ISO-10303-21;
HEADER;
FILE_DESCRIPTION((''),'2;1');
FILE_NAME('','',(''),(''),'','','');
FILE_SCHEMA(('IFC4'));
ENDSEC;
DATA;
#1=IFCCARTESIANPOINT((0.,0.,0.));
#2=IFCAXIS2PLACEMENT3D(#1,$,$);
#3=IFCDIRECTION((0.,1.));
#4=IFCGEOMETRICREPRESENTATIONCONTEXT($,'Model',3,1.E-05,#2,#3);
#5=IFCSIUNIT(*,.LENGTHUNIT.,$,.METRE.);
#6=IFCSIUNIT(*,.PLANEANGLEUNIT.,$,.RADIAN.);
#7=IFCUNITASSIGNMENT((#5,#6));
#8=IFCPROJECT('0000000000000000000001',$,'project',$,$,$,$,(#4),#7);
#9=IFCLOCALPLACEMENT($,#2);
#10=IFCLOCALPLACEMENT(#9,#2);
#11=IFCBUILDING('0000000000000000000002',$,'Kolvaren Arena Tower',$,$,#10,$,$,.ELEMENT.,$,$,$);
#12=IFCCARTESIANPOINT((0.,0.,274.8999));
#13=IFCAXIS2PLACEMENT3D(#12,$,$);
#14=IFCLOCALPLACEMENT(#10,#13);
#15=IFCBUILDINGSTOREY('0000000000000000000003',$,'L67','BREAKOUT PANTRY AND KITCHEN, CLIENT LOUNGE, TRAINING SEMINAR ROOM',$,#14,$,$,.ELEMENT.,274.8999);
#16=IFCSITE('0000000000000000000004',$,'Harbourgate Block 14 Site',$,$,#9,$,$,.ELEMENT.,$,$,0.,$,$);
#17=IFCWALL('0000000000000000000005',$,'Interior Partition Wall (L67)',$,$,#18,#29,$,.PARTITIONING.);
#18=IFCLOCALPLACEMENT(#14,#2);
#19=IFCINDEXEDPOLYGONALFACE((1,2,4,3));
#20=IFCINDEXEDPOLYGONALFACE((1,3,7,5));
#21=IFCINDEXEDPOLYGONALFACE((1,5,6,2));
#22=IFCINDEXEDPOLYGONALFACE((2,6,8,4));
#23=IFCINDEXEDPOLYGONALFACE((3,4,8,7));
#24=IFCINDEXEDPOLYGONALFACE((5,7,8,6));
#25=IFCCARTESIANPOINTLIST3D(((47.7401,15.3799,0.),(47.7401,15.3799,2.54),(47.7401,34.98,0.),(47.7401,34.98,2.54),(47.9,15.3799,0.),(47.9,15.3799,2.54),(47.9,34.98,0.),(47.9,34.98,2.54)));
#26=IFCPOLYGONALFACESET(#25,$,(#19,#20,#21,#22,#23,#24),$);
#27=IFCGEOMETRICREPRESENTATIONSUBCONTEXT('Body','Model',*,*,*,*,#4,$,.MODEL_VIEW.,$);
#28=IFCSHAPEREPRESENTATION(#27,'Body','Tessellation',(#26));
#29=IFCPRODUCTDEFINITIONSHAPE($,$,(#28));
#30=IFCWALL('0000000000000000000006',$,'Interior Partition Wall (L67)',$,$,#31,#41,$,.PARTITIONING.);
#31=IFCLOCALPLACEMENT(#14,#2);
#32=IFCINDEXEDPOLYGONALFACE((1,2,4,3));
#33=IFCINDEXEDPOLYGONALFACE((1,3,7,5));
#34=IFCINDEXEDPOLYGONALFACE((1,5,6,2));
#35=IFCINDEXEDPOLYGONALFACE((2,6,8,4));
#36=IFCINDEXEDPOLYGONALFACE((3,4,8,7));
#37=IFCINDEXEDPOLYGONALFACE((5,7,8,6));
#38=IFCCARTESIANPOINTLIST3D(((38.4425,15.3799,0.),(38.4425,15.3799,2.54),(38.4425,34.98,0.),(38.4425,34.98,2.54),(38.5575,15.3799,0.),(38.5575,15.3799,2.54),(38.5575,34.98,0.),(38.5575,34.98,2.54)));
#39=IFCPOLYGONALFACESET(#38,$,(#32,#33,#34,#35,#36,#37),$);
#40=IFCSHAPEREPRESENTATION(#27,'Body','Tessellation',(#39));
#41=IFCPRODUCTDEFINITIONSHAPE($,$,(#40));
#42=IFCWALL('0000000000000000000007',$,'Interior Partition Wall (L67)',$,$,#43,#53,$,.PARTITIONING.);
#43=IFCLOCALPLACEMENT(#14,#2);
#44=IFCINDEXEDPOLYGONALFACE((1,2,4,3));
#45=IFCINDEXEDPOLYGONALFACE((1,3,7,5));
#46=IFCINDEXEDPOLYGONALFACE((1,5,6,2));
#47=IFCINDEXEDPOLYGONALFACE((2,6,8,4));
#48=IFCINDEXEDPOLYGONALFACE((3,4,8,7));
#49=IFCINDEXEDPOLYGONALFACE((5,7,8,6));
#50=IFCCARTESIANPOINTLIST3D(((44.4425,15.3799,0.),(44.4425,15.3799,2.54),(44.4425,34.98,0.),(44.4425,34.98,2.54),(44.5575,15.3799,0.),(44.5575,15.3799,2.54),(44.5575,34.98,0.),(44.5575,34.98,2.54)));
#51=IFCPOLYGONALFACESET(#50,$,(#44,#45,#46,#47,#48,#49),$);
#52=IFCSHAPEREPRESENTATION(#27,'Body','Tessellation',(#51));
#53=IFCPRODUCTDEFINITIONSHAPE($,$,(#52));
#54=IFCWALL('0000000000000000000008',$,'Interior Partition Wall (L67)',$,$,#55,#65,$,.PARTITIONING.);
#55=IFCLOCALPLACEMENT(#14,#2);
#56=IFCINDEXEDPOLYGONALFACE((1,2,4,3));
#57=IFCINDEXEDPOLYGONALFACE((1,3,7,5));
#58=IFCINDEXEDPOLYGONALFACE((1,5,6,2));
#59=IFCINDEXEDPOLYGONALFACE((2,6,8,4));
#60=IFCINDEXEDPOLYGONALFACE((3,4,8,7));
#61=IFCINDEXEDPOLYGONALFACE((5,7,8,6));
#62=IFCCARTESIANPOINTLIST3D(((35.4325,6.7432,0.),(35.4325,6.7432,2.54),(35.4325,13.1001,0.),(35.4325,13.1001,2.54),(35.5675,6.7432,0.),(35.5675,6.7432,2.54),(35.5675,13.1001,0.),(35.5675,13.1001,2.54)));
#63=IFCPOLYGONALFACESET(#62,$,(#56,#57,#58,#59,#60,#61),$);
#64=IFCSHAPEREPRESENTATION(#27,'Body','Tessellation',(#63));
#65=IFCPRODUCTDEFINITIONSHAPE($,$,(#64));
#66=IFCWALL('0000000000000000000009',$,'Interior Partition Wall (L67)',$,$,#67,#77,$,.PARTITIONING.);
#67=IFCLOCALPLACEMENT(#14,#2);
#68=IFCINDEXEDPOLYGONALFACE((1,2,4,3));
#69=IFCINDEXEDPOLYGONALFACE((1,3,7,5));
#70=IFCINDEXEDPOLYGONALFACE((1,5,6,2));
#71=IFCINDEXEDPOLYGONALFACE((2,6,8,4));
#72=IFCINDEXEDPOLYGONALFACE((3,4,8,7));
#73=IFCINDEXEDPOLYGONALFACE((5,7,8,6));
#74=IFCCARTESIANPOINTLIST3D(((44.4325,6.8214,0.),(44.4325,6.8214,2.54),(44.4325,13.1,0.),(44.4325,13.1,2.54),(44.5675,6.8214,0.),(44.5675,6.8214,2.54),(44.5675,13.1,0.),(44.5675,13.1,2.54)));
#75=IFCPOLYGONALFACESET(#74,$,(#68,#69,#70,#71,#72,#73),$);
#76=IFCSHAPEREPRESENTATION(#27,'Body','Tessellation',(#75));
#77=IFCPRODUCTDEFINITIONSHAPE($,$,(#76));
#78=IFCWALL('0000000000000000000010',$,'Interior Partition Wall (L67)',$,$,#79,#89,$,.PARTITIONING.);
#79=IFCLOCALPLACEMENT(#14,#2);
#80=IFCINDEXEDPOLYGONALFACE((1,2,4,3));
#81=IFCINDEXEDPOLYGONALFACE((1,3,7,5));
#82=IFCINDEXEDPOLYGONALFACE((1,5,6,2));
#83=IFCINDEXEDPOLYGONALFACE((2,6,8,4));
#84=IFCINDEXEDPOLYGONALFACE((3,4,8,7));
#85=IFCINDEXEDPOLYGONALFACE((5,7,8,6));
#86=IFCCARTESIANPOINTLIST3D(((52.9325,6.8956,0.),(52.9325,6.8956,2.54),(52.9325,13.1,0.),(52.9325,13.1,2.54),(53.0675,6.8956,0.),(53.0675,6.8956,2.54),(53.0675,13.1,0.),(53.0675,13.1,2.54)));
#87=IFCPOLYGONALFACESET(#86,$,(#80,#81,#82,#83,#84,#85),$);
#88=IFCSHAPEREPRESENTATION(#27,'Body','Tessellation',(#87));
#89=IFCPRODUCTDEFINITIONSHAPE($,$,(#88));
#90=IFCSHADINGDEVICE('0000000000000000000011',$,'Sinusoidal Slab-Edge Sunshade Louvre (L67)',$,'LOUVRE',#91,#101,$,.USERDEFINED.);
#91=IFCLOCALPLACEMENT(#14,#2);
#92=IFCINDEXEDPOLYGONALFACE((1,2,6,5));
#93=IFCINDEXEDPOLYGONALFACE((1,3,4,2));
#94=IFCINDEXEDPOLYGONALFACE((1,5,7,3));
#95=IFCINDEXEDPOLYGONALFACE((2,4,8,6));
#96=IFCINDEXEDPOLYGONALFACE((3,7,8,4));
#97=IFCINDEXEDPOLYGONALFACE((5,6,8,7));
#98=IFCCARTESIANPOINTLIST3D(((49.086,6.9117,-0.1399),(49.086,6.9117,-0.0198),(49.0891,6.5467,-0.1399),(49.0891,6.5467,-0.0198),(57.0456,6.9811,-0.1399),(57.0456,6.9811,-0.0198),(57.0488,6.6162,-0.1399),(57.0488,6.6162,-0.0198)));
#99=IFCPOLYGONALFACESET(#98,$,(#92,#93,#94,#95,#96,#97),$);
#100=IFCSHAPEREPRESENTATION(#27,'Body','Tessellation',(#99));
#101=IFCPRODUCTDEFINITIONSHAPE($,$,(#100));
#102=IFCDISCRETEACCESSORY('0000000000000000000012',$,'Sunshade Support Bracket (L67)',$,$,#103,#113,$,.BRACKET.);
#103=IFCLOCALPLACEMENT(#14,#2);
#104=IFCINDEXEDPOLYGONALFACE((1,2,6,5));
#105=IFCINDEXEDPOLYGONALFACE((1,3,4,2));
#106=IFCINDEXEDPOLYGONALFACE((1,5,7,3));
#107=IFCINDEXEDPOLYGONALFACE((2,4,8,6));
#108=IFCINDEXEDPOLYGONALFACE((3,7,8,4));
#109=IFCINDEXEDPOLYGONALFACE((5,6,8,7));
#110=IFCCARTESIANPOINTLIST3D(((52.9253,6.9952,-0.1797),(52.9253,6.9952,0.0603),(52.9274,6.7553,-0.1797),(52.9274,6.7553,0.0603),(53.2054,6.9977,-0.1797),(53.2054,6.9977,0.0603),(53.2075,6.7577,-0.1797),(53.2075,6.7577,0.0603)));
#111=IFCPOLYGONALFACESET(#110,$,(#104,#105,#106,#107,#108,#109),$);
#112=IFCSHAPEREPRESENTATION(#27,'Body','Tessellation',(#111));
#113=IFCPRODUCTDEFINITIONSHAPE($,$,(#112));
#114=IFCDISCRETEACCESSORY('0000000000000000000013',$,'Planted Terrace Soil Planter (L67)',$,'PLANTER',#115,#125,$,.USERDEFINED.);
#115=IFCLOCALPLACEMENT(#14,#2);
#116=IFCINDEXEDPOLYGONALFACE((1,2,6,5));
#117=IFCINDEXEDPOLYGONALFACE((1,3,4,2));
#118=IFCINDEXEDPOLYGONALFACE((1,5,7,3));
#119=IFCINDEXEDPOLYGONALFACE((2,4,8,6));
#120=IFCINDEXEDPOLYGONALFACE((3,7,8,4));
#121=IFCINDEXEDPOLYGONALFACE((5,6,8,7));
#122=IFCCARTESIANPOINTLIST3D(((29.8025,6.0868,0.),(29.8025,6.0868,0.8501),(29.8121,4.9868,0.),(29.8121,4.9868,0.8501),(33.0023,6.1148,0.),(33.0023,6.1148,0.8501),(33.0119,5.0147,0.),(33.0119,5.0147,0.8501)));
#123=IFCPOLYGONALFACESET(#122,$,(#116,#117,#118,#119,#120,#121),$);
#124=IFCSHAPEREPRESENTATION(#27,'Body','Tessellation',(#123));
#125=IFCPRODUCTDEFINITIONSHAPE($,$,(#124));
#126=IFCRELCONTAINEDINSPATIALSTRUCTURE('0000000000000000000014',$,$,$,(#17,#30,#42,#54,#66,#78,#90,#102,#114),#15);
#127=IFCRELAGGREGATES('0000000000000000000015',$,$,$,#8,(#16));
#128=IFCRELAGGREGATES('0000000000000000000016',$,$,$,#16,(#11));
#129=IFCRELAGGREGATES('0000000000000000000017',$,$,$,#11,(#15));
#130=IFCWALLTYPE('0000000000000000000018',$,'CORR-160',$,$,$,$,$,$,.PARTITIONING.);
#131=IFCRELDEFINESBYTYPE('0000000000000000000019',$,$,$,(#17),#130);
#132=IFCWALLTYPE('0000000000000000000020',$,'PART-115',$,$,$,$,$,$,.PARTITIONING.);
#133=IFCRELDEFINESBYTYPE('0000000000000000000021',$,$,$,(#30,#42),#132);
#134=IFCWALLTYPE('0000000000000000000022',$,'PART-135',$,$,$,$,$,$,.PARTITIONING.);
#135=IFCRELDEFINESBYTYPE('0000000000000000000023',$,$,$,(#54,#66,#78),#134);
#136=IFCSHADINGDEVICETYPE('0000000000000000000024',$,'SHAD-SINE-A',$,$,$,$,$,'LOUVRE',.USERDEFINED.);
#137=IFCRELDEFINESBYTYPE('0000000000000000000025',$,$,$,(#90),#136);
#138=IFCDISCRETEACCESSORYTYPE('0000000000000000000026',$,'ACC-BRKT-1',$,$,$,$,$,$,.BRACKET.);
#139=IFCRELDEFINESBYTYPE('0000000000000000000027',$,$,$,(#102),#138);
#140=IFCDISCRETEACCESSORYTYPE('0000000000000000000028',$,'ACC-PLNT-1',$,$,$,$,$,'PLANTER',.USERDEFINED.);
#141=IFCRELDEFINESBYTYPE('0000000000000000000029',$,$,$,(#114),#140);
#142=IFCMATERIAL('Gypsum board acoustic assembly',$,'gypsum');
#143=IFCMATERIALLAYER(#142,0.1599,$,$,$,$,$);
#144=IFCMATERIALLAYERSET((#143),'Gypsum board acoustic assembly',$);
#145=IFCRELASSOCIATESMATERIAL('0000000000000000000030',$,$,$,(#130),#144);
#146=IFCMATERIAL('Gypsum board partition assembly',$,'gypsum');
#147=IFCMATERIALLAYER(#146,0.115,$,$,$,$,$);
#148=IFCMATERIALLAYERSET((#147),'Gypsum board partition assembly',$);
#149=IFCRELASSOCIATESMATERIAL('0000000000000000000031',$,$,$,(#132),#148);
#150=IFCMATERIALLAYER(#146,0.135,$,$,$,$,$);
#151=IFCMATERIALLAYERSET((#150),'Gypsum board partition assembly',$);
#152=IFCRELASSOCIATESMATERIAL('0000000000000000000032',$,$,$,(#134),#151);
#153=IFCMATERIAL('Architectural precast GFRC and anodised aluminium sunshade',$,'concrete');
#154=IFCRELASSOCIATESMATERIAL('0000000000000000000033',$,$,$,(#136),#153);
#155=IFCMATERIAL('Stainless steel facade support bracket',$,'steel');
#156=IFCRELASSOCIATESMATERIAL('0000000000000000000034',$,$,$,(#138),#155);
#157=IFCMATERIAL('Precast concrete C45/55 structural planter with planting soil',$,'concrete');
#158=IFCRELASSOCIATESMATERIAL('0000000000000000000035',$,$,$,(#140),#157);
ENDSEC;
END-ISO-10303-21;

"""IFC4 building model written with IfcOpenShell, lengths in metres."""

from ifc_helpers import new_model, si_unit, direction, frame, frame_2d, origin, origin_2d, place, context, subcontext, project, spatial, rectangle, extrude, material, layer, layer_set, type_object, element, save


model = new_model("IFC4")

# Units and contexts
model_context = context("Model", 3, precision=1e-05, world=origin(), true_north=direction((0.0, 1.0)))
body_context = subcontext(model_context, "Body", "Model", "MODEL_VIEW")
ifc_project = project(units=[si_unit("LENGTHUNIT", "METRE"), si_unit("PLANEANGLEUNIT", "RADIAN")], contexts=[model_context])

# Site, building, storey
site_placement = place(None, origin())
site = spatial("IfcSite", under=ifc_project, at=site_placement, Name="Harbourgate Block 14 Site", CompositionType="ELEMENT", RefElevation=0.0)
building_placement = place(site_placement, origin())
building = spatial("IfcBuilding", under=site, at=building_placement, Name="Kolvaren Arena Tower", CompositionType="ELEMENT")
storey_placement = place(building_placement, frame((0.0, 0.0, 274.8999)))
storey = spatial("IfcBuildingStorey", under=building, at=storey_placement, Name="L67", Description="BREAKOUT PANTRY AND KITCHEN, CLIENT LOUNGE, TRAINING SEMINAR ROOM", CompositionType="ELEMENT", Elevation=274.8999)

# Walls
ifc_material_1 = material(Name="Gypsum board acoustic assembly", Category="gypsum")
ifc_layer_1 = layer(ifc_material_1, 0.1599)
ifc_layer_set_1 = layer_set([ifc_layer_1], Name="Gypsum board acoustic assembly")
wall_type_1 = type_object("IfcWallType", Name="CORR-160", PredefinedType="PARTITIONING", material=ifc_layer_set_1)
wall_1_placement = place(storey_placement, frame((47.8201, 15.3799, 0.0), z_axis=(0.0, 0.0, 1.0), x_axis=(0.0, 1.0, 0.0)))
element("IfcWall", 1, at=wall_1_placement, inside=storey, type_object=wall_type_1, Name="Interior Partition Wall (L67)", PredefinedType="PARTITIONING", context=body_context, shape_type="SweptSolid", body=[
    extrude(rectangle(XDim=19.6001, YDim=0.1599, at=frame_2d((9.8, 0.0))), origin(), (0.0, 0.0, 1.0), 2.54),
])
ifc_material_2 = material(Name="Gypsum board partition assembly", Category="gypsum")
ifc_layer_2 = layer(ifc_material_2, 0.115)
ifc_layer_set_2 = layer_set([ifc_layer_2], Name="Gypsum board partition assembly")
wall_type_2 = type_object("IfcWallType", Name="PART-115", PredefinedType="PARTITIONING", material=ifc_layer_set_2)
for number, where, z_axis, x_axis, name in (
    (2, (38.5, 15.3799, 0.0), (0.0, 0.0, 1.0), (0.0, 1.0, 0.0), "Interior Partition Wall (L67)"),
    (3, (44.5, 15.3799, 0.0), (0.0, 0.0, 1.0), (0.0, 1.0, 0.0), "Interior Partition Wall (L67)"),
):
    element("IfcWall", number, at=place(storey_placement, frame(where, z_axis=z_axis, x_axis=x_axis)), inside=storey, type_object=wall_type_2, Name=name, PredefinedType="PARTITIONING", context=body_context, shape_type="SweptSolid", body=[
        extrude(rectangle(XDim=19.6001, YDim=0.115, at=frame_2d((9.8, 0.0))), origin(), (0.0, 0.0, 1.0), 2.54),
    ])
ifc_layer_3 = layer(ifc_material_2, 0.135)
ifc_layer_set_3 = layer_set([ifc_layer_3], Name="Gypsum board partition assembly")
wall_type_3 = type_object("IfcWallType", Name="PART-135", PredefinedType="PARTITIONING", material=ifc_layer_set_3)
wall_2_placement = place(storey_placement, frame((35.5, 6.7432, 0.0), z_axis=(0.0, 0.0, 1.0), x_axis=(0.0, 1.0, 0.0)))
element("IfcWall", 4, at=wall_2_placement, inside=storey, type_object=wall_type_3, Name="Interior Partition Wall (L67)", PredefinedType="PARTITIONING", context=body_context, shape_type="SweptSolid", body=[
    extrude(rectangle(XDim=6.3569, YDim=0.135, at=frame_2d((3.1785, 0.0))), origin(), (0.0, 0.0, 1.0), 2.54),
])
wall_3_placement = place(storey_placement, frame((44.5, 6.8215, 0.0), z_axis=(0.0, 0.0, 1.0), x_axis=(0.0, 1.0, 0.0)))
element("IfcWall", 5, at=wall_3_placement, inside=storey, type_object=wall_type_3, Name="Interior Partition Wall (L67)", PredefinedType="PARTITIONING", context=body_context, shape_type="SweptSolid", body=[
    extrude(rectangle(XDim=6.2786, YDim=0.135, at=frame_2d((3.1392, 0.0))), origin(), (0.0, 0.0, 1.0), 2.54),
])
wall_4_placement = place(storey_placement, frame((53.0, 6.8958, 0.0), z_axis=(0.0, 0.0, 1.0), x_axis=(0.0, 1.0, 0.0)))
element("IfcWall", 6, at=wall_4_placement, inside=storey, type_object=wall_type_3, Name="Interior Partition Wall (L67)", PredefinedType="PARTITIONING", context=body_context, shape_type="SweptSolid", body=[
    extrude(rectangle(XDim=6.2043, YDim=0.135, at=frame_2d((3.1021, 0.0))), origin(), (0.0, 0.0, 1.0), 2.54),
])

# Shading device
ifc_material_3 = material(Name="Architectural precast GFRC and anodised aluminium sunshade", Category="concrete")
shading_device_type = type_object("IfcShadingDeviceType", Name="SHAD-SINE-A", ElementType="LOUVRE", PredefinedType="USERDEFINED", material=ifc_material_3)
shading_device_placement = place(storey_placement, frame((53.0674, 6.7639, -0.1399), z_axis=(0.0, 0.0, 1.0), x_axis=(-0.999962, -0.008727, 0.0)))
element("IfcShadingDevice", 7, at=shading_device_placement, inside=storey, type_object=shading_device_type, Name="Sinusoidal Slab-Edge Sunshade Louvre (L67)", ObjectType="LOUVRE", PredefinedType="USERDEFINED", context=body_context, shape_type="SweptSolid", body=[
    extrude(rectangle(XDim=7.96, YDim=0.365, at=origin_2d()), origin(), (0.0, 0.0, 1.0), 0.1201),
])

# Discrete accessories
ifc_material_4 = material(Name="Stainless steel facade support bracket", Category="steel")
discrete_accessory_type_1 = type_object("IfcDiscreteAccessoryType", Name="ACC-BRKT-1", PredefinedType="BRACKET", material=ifc_material_4)
discrete_accessory_1_placement = place(storey_placement, frame((53.0664, 6.8765, -0.1797), z_axis=(0.0, 0.0, 1.0), x_axis=(-0.999962, -0.008727, 0.0)))
element("IfcDiscreteAccessory", 8, at=discrete_accessory_1_placement, inside=storey, type_object=discrete_accessory_type_1, Name="Sunshade Support Bracket (L67)", PredefinedType="BRACKET", context=body_context, shape_type="SweptSolid", body=[
    extrude(rectangle(XDim=0.28, YDim=0.24, at=origin_2d()), origin(), (0.0, 0.0, 1.0), 0.24),
])
ifc_material_5 = material(Name="Precast concrete C45/55 structural planter with planting soil", Category="concrete")
discrete_accessory_type_2 = type_object("IfcDiscreteAccessoryType", Name="ACC-PLNT-1", ElementType="PLANTER", PredefinedType="USERDEFINED", material=ifc_material_5)
discrete_accessory_2_placement = place(storey_placement, frame((31.4072, 5.5508, 0.0), z_axis=(0.0, 0.0, 1.0), x_axis=(0.999962, 0.008727, 0.0)))
element("IfcDiscreteAccessory", 9, at=discrete_accessory_2_placement, inside=storey, type_object=discrete_accessory_type_2, Name="Planted Terrace Soil Planter (L67)", ObjectType="PLANTER", PredefinedType="USERDEFINED", context=body_context, shape_type="SweptSolid", body=[
    extrude(rectangle(XDim=3.2, YDim=1.1001, at=origin_2d()), origin(), (0.0, 0.0, 1.0), 0.8501),
])

save(model, "model.ifc")
